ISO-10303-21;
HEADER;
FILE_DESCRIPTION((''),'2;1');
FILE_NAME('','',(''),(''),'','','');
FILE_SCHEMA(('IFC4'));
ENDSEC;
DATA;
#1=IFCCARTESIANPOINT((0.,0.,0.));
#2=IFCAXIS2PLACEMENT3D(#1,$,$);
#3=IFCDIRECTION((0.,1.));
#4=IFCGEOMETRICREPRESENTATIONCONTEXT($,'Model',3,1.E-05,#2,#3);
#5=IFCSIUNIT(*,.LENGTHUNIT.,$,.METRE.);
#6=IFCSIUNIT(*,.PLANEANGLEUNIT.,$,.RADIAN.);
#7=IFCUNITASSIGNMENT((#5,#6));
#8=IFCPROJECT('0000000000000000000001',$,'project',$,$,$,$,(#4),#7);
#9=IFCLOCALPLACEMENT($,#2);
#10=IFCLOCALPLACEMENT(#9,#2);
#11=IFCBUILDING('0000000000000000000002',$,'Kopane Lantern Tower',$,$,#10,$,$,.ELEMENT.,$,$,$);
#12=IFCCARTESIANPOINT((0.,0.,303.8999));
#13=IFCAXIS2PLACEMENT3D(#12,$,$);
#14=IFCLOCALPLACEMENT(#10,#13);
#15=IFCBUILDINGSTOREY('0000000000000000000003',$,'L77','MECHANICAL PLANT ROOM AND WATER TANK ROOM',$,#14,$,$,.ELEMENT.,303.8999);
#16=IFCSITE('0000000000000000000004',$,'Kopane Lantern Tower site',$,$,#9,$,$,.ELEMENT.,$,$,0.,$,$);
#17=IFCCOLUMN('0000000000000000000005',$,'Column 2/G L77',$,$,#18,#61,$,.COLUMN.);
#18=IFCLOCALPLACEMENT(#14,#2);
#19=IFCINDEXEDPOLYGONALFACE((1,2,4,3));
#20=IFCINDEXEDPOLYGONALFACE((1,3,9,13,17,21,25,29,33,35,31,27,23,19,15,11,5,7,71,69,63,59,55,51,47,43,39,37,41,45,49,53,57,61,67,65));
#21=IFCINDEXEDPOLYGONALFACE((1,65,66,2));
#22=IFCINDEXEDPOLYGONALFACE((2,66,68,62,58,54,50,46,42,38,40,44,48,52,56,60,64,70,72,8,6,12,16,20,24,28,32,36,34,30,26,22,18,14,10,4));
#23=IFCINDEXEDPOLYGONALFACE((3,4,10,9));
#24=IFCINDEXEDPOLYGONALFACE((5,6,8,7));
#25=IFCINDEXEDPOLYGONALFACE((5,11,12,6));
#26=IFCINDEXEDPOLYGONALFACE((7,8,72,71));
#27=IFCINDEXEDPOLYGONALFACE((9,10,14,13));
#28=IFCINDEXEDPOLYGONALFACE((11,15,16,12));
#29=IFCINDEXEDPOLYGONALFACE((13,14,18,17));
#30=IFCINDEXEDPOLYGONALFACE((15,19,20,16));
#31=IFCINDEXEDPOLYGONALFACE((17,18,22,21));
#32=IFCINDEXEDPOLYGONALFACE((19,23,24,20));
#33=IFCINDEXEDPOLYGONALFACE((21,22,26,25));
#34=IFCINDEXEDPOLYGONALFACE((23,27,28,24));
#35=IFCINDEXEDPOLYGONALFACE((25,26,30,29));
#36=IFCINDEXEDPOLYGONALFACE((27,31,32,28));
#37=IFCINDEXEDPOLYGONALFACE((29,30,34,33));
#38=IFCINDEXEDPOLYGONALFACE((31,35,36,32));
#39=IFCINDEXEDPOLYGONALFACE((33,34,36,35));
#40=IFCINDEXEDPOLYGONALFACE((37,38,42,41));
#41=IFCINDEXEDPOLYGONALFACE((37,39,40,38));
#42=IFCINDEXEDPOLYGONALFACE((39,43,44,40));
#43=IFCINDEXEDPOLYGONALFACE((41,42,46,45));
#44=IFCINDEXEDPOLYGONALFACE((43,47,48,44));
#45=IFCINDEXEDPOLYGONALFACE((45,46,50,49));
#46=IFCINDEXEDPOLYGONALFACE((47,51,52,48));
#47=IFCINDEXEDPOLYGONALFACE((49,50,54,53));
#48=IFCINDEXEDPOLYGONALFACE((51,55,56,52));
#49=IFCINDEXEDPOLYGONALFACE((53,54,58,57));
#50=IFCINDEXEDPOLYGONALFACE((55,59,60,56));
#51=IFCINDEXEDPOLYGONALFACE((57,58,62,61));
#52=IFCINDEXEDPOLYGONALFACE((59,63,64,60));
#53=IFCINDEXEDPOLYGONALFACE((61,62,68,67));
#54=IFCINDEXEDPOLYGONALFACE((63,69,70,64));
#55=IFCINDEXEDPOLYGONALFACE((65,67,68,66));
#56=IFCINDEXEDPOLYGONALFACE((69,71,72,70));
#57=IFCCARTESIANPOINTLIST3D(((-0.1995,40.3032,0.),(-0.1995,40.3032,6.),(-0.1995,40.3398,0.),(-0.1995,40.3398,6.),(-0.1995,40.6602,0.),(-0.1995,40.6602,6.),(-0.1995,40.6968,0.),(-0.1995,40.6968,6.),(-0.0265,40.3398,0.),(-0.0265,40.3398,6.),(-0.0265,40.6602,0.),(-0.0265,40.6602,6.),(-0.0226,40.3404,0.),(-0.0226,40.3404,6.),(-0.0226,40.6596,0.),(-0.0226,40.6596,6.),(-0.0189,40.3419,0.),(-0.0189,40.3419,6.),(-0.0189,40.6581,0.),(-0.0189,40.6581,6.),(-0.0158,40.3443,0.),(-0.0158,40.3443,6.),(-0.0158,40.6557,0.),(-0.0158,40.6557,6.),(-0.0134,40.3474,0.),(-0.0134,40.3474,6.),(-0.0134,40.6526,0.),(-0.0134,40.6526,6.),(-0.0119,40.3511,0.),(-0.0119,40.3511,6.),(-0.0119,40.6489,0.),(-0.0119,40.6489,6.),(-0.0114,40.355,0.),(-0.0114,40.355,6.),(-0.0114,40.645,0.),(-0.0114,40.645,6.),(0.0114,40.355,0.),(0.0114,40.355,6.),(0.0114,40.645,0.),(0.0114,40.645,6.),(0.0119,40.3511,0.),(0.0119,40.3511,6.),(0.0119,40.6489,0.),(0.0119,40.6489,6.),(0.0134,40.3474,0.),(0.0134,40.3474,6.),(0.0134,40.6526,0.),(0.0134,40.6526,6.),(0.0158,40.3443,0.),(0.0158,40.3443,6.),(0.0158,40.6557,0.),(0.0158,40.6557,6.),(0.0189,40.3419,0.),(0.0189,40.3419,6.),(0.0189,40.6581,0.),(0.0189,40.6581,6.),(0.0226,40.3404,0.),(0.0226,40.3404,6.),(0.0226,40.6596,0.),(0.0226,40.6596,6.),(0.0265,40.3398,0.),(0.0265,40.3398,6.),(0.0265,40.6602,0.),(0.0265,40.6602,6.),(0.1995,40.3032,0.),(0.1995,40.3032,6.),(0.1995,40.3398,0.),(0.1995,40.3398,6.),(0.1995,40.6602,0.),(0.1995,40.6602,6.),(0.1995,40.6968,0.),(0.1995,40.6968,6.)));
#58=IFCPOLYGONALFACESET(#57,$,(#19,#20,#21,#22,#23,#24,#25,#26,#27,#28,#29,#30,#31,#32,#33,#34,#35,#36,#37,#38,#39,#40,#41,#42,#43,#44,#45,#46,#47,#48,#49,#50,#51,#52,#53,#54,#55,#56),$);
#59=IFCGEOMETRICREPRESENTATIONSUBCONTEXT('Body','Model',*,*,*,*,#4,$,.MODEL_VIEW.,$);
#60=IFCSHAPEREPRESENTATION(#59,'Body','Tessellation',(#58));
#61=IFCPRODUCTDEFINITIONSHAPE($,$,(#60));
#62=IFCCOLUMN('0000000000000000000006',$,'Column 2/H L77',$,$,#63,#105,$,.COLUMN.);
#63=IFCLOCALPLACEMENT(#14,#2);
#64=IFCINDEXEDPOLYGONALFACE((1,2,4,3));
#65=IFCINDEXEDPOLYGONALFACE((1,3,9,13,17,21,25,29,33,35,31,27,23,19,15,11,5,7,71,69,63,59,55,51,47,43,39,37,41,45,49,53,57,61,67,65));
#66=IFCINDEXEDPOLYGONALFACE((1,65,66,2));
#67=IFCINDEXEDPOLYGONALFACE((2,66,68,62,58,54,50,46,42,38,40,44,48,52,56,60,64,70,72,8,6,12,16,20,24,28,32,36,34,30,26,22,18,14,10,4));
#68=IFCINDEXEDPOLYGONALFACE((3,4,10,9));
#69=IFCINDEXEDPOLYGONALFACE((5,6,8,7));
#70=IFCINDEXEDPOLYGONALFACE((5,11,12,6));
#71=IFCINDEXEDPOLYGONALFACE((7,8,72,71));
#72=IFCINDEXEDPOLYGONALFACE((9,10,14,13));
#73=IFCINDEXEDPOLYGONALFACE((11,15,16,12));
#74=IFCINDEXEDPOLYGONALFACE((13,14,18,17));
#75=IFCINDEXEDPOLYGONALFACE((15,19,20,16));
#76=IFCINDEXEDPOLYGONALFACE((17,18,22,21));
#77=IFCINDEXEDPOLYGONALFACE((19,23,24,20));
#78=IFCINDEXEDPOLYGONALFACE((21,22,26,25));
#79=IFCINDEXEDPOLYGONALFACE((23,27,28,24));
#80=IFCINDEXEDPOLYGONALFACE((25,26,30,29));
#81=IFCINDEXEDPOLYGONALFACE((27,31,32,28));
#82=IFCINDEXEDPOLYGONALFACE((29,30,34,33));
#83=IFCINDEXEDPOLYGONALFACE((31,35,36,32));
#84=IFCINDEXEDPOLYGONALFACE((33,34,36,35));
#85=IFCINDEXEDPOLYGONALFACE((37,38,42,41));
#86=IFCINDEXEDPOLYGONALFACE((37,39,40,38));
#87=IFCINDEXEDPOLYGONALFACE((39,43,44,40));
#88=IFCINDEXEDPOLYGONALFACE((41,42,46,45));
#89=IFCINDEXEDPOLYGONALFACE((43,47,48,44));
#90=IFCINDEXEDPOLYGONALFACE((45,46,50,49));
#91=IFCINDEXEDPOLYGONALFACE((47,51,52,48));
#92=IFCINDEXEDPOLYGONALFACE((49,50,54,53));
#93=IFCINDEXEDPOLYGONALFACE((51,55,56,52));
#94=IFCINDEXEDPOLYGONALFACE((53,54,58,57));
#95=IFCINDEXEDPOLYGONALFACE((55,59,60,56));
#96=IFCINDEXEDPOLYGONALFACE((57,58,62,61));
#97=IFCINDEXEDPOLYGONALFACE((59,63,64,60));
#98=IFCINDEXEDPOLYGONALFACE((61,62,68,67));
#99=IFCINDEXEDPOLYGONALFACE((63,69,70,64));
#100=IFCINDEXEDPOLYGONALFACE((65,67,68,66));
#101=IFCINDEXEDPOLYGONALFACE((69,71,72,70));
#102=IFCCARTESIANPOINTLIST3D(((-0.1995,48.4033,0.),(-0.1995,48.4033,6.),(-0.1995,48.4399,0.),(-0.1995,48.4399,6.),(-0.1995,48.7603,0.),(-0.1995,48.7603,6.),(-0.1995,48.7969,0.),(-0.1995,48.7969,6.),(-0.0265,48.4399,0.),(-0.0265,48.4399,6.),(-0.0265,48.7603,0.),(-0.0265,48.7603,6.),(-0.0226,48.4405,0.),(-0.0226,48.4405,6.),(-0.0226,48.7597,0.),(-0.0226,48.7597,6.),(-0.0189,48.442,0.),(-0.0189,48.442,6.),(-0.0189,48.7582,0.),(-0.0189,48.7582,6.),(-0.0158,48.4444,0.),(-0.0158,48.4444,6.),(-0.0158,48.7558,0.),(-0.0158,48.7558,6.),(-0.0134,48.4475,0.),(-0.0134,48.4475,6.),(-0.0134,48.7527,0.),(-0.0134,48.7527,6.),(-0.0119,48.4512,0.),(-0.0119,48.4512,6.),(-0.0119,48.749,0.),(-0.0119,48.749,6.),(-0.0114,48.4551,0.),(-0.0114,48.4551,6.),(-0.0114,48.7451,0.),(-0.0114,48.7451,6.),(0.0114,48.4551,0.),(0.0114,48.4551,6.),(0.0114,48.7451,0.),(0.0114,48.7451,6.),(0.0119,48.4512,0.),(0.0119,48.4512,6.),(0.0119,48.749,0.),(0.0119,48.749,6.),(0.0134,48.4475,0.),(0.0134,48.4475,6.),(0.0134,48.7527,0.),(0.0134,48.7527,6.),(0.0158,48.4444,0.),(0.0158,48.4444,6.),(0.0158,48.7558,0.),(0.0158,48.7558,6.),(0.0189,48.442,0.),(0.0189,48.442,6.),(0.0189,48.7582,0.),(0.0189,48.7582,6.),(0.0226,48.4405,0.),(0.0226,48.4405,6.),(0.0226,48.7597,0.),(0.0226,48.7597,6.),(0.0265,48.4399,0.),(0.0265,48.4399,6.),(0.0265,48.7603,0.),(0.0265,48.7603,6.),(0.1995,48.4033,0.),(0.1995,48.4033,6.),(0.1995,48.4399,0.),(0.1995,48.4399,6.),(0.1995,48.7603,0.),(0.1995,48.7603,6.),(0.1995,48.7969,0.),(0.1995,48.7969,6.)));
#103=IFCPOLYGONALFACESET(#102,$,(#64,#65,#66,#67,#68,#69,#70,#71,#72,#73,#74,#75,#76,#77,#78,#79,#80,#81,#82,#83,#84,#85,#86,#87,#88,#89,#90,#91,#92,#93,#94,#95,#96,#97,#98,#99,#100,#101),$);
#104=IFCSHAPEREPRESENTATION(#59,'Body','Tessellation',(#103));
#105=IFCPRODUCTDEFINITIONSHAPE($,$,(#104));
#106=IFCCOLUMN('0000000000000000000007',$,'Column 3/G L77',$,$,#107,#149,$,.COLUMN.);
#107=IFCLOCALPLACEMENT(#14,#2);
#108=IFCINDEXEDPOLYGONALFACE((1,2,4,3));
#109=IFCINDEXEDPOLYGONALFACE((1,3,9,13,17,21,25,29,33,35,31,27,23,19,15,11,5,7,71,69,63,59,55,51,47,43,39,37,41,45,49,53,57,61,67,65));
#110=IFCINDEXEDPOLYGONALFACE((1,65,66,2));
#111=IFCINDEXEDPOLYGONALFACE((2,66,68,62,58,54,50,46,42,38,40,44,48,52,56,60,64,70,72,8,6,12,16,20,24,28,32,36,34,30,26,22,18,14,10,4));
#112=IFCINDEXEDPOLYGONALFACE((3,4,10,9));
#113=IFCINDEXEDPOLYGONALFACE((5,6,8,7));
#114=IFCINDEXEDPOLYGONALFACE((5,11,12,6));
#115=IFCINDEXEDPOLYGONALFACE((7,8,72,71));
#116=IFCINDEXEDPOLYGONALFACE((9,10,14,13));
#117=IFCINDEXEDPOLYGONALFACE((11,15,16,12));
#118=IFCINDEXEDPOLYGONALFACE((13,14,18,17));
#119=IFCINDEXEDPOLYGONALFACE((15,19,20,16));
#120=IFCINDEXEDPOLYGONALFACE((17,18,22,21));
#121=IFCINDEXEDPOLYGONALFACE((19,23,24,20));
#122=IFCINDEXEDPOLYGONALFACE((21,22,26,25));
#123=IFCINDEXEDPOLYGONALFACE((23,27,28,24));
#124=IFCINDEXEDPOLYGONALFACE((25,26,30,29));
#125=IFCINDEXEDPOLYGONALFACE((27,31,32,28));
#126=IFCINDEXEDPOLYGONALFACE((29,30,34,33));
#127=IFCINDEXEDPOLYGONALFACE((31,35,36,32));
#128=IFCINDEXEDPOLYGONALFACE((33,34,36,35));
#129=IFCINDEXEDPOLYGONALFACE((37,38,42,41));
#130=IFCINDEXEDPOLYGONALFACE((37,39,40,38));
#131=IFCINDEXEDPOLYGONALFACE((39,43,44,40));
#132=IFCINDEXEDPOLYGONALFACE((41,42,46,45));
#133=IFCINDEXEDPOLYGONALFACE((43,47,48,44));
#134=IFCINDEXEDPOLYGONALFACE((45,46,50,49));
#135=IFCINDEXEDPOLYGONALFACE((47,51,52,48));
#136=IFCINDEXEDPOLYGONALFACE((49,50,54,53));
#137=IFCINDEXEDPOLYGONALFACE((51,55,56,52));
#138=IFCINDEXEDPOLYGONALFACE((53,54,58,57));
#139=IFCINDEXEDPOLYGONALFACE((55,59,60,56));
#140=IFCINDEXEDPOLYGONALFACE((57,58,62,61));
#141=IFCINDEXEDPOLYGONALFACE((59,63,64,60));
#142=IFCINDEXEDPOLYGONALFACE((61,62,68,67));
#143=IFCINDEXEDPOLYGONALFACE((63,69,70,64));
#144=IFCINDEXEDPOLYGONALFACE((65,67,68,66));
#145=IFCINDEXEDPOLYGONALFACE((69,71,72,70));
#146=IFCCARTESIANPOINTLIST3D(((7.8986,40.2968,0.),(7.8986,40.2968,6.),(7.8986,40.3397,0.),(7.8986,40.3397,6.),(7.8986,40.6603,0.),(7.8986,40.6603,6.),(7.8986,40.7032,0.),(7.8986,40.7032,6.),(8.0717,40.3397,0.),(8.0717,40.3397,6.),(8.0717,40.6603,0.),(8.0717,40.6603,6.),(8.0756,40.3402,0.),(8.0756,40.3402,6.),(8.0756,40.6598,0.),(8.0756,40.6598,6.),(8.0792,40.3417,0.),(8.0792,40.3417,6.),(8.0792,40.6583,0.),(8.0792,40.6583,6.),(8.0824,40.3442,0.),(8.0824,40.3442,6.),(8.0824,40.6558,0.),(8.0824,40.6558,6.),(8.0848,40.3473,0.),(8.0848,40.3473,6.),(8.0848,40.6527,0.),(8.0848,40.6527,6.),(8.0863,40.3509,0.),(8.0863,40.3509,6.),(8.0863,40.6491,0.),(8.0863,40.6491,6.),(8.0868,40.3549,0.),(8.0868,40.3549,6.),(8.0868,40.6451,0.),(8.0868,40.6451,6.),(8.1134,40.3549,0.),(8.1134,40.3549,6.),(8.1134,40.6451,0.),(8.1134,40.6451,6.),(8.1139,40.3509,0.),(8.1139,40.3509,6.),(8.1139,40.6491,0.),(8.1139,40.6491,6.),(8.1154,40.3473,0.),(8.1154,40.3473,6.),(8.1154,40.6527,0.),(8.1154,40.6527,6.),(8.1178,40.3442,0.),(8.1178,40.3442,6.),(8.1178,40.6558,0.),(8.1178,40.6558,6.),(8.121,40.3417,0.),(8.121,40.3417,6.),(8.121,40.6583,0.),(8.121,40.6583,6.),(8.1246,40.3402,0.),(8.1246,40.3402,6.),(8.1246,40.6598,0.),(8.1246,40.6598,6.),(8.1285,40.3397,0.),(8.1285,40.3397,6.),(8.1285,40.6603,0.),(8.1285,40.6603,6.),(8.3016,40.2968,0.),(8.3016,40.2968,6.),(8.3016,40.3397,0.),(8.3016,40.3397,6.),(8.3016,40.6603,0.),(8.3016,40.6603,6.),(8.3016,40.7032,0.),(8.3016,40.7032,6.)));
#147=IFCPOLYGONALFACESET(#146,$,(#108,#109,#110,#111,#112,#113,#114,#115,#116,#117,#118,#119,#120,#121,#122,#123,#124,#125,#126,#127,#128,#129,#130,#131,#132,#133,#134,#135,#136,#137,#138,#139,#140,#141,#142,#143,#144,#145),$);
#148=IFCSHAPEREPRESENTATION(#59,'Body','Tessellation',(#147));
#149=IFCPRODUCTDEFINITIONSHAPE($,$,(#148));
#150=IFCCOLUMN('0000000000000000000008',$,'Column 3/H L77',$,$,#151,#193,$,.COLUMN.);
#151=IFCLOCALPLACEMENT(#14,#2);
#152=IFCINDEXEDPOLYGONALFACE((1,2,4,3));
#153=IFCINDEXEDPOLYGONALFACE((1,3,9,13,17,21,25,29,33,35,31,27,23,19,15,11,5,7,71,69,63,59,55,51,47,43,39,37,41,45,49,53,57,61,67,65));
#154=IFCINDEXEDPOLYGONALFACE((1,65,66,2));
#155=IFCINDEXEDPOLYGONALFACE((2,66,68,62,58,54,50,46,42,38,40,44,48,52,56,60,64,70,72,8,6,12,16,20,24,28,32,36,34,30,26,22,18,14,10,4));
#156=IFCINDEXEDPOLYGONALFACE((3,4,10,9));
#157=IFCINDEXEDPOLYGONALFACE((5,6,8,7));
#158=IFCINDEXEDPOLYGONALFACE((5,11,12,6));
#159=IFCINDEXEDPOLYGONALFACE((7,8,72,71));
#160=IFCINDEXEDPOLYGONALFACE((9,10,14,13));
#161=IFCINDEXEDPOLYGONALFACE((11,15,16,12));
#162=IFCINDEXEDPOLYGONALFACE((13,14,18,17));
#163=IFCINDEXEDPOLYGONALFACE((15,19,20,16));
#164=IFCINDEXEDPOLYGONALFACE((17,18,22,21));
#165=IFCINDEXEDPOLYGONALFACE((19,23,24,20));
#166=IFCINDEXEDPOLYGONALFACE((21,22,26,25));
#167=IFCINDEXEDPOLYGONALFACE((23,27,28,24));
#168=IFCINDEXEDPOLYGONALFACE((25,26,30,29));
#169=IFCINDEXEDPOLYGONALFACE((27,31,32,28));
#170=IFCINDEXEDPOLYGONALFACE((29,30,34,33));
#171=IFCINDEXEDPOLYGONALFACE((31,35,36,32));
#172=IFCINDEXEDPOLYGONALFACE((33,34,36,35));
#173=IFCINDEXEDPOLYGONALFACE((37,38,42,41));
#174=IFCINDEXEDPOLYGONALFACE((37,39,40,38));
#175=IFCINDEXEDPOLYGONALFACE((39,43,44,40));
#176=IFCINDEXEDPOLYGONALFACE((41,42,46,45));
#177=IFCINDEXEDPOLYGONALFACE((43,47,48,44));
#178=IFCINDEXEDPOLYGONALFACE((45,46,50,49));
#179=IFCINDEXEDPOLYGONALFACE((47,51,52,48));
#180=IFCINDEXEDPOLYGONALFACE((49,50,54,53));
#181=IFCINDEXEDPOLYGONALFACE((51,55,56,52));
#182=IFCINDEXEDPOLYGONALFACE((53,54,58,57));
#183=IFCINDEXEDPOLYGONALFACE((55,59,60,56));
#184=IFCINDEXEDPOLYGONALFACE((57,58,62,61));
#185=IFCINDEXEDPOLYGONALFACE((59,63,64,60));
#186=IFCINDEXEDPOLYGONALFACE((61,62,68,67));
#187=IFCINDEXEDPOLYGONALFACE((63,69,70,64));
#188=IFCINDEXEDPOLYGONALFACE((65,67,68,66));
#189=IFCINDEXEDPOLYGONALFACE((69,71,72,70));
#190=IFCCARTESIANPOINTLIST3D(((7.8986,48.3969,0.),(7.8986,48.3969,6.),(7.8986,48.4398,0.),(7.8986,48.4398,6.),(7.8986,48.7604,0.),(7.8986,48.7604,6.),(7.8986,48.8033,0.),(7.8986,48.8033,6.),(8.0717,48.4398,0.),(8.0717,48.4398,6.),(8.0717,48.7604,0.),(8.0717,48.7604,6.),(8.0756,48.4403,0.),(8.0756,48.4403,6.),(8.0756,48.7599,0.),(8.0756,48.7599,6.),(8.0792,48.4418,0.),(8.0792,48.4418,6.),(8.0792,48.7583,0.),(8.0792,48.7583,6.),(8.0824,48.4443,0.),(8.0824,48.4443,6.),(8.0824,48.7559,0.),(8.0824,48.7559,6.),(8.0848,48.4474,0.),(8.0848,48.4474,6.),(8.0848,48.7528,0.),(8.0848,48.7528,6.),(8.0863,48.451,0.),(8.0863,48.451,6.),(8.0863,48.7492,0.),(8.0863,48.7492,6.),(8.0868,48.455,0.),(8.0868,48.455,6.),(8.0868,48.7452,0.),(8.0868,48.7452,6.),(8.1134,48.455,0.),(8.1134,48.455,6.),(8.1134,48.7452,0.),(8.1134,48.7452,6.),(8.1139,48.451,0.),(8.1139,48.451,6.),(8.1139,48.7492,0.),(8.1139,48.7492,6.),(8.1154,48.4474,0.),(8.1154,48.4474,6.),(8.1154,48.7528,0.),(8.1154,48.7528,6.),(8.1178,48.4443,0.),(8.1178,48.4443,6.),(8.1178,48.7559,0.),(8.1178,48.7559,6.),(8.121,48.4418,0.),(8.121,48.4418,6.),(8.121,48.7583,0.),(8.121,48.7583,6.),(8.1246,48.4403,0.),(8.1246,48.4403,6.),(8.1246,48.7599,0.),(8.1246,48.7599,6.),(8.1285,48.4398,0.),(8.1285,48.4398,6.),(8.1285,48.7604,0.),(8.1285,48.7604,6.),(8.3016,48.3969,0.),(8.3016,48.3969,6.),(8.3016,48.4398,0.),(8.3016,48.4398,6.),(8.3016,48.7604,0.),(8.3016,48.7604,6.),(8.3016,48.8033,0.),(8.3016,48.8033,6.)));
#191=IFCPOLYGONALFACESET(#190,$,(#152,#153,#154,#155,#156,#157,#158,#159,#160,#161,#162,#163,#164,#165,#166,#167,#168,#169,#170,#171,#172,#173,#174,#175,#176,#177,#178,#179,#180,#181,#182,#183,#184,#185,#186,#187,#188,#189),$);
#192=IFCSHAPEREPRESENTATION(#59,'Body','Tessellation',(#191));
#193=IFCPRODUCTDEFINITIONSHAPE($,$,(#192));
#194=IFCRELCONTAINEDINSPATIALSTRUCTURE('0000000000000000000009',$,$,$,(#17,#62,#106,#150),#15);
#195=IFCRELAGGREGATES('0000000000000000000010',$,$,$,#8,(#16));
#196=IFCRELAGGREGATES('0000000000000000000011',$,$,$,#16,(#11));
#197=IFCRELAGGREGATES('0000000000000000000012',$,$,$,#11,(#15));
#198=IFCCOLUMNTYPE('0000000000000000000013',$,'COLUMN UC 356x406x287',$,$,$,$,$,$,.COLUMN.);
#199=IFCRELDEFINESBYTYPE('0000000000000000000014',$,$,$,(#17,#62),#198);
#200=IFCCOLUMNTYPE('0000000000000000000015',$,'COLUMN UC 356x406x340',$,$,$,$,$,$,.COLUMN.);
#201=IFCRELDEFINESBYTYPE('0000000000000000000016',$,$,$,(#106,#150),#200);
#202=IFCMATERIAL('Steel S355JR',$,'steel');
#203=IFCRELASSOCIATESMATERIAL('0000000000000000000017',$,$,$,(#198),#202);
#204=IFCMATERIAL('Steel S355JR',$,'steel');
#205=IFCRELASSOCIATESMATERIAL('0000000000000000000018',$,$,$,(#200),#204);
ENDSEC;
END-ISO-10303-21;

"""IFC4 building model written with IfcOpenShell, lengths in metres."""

from ifc_helpers import new_model, si_unit, direction, frame, origin, origin_2d, place, context, subcontext, project, spatial, i_section, extrude, material, material_profile, profile_set, type_object, element, save


model = new_model("IFC4")

# Units and contexts
model_context = context("Model", 3, precision=1e-05, world=origin(), true_north=direction((0.0, 1.0)))
body_context = subcontext(model_context, "Body", "Model", "MODEL_VIEW")
ifc_project = project(units=[si_unit("LENGTHUNIT", "METRE"), si_unit("PLANEANGLEUNIT", "RADIAN")], contexts=[model_context])

# Site, building, storey
site_placement = place(None, origin())
site = spatial("IfcSite", under=ifc_project, at=site_placement, Name="Kopane Lantern Tower site", CompositionType="ELEMENT", RefElevation=0.0)
building_placement = place(site_placement, origin())
building = spatial("IfcBuilding", under=site, at=building_placement, Name="Kopane Lantern Tower", CompositionType="ELEMENT")
storey_placement = place(building_placement, frame((0.0, 0.0, 303.8999)))
storey = spatial("IfcBuildingStorey", under=building, at=storey_placement, Name="L77", Description="MECHANICAL PLANT ROOM AND WATER TANK ROOM", CompositionType="ELEMENT", Elevation=303.8999)

# Columns
ifc_material_1 = material(Name="Steel S355JR", Category="steel")
ifc_material_profile_1 = material_profile(ifc_material_1, i_section(OverallWidth=0.3989, OverallDepth=0.3936, WebThickness=0.0227, FlangeThickness=0.0366, FilletRadius=0.0151, at=origin_2d()), Name="UC 356x406x287")
ifc_profile_set_1 = profile_set([ifc_material_profile_1], Name="Steel S355JR")
column_type_1 = type_object("IfcColumnType", Name="COLUMN UC 356x406x287", PredefinedType="COLUMN", material=ifc_profile_set_1)
for number, where, z_axis, x_axis, name in (
    (1, (0.0, 40.5, 0.0), (0.0, 0.0, 1.0), (1.0, 0.0, 0.0), "Column 2/G L77"),
    (2, (0.0, 48.6001, 0.0), (0.0, 0.0, 1.0), (1.0, 0.0, 0.0), "Column 2/H L77"),
):
    element("IfcColumn", number, at=place(storey_placement, frame(where, z_axis=z_axis, x_axis=x_axis)), inside=storey, type_object=column_type_1, Name=name, PredefinedType="COLUMN", context=body_context, shape_type="SweptSolid", body=[
        extrude(i_section(OverallWidth=0.3989, OverallDepth=0.3936, WebThickness=0.0227, FlangeThickness=0.0366, FilletRadius=0.0151, at=origin_2d()), origin(), (0.0, 0.0, 1.0), 6.0),
    ])
ifc_material_2 = material(Name="Steel S355JR", Category="steel")
ifc_material_profile_2 = material_profile(ifc_material_2, i_section(OverallWidth=0.4031, OverallDepth=0.4065, WebThickness=0.0266, FlangeThickness=0.043, FilletRadius=0.0151, at=origin_2d()), Name="UC 356x406x340")
ifc_profile_set_2 = profile_set([ifc_material_profile_2], Name="Steel S355JR")
column_type_2 = type_object("IfcColumnType", Name="COLUMN UC 356x406x340", PredefinedType="COLUMN", material=ifc_profile_set_2)
for number, where, z_axis, x_axis, name in (
    (3, (8.1001, 40.5, 0.0), (0.0, 0.0, 1.0), (1.0, 0.0, 0.0), "Column 3/G L77"),
    (4, (8.1001, 48.6001, 0.0), (0.0, 0.0, 1.0), (1.0, 0.0, 0.0), "Column 3/H L77"),
):
    element("IfcColumn", number, at=place(storey_placement, frame(where, z_axis=z_axis, x_axis=x_axis)), inside=storey, type_object=column_type_2, Name=name, PredefinedType="COLUMN", context=body_context, shape_type="SweptSolid", body=[
        extrude(i_section(OverallWidth=0.4031, OverallDepth=0.4065, WebThickness=0.0266, FlangeThickness=0.043, FilletRadius=0.0151, at=origin_2d()), origin(), (0.0, 0.0, 1.0), 6.0),
    ])

save(model, "model.ifc")
